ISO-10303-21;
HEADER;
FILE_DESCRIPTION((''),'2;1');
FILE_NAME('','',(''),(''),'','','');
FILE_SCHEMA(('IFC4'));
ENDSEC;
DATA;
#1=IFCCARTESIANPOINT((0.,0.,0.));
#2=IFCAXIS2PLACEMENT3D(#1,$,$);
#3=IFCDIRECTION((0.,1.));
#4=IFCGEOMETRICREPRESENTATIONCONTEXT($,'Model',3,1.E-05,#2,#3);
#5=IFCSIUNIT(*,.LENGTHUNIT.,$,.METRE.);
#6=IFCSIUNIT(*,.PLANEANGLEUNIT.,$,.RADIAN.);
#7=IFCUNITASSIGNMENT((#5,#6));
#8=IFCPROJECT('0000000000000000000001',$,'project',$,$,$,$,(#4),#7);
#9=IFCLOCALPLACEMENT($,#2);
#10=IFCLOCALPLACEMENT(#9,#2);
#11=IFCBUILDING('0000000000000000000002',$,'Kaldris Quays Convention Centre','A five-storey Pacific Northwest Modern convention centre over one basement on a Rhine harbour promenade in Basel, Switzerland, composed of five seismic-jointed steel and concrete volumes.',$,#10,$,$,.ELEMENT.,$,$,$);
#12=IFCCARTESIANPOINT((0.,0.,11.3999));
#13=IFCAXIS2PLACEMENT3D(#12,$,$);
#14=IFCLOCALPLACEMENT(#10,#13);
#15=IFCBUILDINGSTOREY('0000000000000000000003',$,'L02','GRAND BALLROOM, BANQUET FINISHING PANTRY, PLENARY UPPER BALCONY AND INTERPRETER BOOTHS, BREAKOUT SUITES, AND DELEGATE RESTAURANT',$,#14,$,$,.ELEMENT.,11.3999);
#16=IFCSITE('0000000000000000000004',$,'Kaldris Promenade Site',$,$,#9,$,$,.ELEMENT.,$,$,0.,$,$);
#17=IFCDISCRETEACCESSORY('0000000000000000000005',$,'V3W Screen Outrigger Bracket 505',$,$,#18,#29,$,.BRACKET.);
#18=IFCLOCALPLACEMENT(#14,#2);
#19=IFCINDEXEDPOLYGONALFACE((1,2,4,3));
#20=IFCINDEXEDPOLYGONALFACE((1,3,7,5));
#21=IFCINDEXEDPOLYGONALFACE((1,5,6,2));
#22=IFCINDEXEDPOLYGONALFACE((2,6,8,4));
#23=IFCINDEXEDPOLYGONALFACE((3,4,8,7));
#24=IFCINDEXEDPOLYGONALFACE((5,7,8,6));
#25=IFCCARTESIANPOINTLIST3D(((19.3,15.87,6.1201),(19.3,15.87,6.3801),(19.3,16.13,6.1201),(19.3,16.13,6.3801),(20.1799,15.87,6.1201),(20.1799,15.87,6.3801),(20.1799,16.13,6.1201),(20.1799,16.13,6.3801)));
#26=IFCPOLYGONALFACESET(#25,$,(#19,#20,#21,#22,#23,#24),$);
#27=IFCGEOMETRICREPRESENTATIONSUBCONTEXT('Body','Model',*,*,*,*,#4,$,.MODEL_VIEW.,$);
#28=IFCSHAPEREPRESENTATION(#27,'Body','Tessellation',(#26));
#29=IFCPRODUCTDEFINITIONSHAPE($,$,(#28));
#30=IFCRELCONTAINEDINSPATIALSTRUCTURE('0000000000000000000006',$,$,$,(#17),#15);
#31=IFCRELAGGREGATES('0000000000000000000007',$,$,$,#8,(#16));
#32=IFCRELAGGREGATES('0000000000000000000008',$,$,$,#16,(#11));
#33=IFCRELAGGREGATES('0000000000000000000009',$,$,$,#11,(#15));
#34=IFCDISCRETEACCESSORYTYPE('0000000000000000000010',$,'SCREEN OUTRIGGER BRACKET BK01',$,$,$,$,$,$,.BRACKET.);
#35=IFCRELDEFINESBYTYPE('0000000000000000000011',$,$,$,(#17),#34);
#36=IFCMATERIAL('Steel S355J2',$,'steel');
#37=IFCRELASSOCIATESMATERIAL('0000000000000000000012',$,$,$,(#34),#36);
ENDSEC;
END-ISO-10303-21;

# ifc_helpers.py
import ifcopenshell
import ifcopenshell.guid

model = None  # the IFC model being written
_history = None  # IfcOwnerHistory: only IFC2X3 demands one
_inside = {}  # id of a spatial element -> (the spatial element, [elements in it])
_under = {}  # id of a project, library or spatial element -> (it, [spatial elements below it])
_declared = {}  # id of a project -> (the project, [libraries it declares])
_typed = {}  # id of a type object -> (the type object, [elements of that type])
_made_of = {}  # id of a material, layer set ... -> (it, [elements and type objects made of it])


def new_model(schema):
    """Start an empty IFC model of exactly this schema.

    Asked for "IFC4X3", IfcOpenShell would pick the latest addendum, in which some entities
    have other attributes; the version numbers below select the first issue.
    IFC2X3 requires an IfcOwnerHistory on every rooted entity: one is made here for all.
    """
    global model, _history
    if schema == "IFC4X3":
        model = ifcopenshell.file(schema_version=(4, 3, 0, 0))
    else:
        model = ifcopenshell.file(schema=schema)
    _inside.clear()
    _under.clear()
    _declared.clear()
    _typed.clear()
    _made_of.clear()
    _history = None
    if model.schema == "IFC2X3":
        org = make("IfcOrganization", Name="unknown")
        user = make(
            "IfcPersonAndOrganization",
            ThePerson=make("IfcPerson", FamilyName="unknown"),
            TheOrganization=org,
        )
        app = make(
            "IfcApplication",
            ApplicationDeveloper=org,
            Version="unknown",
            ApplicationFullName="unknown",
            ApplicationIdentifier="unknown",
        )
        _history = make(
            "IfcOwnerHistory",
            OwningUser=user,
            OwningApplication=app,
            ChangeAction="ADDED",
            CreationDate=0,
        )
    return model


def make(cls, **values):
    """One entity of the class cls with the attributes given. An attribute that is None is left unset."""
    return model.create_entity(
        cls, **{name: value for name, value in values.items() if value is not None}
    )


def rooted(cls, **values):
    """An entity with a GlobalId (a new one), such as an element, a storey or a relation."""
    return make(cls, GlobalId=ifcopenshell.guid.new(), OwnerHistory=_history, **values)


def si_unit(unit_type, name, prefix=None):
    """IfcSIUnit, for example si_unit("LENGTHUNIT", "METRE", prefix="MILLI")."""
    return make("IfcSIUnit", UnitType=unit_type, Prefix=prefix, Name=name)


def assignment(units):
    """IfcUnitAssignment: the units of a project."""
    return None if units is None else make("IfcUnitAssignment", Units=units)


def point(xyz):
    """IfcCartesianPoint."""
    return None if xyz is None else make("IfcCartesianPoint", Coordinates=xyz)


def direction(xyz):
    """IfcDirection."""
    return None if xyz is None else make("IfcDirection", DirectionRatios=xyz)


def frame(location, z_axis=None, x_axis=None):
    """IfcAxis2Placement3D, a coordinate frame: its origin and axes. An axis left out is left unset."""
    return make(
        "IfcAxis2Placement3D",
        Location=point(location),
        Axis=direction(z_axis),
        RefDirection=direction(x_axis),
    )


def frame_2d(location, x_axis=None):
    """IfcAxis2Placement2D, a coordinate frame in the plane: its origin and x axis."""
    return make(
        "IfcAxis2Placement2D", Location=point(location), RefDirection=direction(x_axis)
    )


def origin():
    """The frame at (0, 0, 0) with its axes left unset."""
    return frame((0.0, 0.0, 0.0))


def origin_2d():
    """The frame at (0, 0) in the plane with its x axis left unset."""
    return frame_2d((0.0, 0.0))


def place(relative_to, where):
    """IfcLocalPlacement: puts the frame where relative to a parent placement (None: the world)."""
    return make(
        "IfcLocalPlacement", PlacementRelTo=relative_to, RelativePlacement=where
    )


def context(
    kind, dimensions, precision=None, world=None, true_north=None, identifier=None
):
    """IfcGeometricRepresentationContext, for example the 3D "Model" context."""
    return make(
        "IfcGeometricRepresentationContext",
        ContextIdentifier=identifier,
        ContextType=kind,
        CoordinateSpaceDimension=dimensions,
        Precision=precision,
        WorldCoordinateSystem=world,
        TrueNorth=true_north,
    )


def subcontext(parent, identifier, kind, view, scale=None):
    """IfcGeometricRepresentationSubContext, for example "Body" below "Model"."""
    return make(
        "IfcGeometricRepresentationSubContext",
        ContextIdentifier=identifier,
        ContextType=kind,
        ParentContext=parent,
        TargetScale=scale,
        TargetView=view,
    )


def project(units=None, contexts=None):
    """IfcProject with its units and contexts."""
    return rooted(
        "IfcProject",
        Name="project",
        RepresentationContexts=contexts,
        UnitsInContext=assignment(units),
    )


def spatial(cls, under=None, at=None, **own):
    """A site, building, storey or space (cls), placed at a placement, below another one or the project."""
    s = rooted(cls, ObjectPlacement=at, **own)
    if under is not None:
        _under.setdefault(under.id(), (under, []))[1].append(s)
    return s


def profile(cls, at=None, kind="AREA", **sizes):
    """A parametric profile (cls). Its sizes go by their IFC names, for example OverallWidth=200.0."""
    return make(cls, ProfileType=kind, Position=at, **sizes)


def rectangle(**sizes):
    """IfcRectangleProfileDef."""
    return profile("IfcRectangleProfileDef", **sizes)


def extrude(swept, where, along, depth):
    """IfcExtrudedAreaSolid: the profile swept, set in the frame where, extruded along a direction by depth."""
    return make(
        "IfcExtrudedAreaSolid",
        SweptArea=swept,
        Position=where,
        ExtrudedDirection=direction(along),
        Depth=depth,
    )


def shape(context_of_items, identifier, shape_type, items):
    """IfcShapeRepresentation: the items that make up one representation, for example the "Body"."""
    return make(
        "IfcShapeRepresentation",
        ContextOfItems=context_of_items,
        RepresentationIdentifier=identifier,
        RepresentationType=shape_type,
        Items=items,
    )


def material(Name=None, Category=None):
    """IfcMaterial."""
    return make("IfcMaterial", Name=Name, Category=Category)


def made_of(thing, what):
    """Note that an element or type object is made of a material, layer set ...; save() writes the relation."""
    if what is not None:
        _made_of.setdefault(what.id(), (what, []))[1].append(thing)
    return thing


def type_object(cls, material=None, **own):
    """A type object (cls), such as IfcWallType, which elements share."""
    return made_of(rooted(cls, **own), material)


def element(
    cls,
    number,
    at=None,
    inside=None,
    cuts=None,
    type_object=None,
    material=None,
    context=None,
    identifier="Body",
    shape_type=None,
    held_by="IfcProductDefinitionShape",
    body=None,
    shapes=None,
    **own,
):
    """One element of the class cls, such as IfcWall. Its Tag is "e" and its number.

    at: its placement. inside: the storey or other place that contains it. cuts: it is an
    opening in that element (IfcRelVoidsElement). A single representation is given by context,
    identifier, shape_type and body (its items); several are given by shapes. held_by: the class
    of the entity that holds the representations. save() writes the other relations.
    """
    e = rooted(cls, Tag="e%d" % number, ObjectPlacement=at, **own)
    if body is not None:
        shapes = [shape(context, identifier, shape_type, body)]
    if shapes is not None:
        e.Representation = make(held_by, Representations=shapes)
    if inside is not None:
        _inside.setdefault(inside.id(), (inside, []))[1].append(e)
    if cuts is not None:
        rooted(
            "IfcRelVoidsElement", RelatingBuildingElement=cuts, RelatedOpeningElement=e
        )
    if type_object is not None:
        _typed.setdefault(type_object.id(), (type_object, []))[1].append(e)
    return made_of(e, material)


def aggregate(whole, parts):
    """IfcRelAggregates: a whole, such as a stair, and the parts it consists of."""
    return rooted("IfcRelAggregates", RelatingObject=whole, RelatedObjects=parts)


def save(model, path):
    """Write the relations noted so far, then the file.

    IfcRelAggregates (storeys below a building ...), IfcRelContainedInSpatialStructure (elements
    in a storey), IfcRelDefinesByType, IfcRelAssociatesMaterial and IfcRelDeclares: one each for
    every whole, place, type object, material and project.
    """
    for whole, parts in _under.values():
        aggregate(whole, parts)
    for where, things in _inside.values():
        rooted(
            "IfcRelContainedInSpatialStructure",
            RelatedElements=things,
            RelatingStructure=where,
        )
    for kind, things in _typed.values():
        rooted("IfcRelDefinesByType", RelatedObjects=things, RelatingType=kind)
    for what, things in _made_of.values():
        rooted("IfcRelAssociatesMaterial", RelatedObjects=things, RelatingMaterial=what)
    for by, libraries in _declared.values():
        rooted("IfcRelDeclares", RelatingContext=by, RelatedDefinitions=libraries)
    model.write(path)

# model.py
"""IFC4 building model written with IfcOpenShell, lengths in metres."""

from ifc_helpers import new_model, si_unit, direction, frame, origin, origin_2d, place, context, subcontext, project, spatial, rectangle, extrude, material, type_object, element, save


model = new_model("IFC4")

# Units and contexts
model_context = context("Model", 3, precision=1e-05, world=origin(), true_north=direction((0.0, 1.0)))
body_context = subcontext(model_context, "Body", "Model", "MODEL_VIEW")
ifc_project = project(units=[si_unit("LENGTHUNIT", "METRE"), si_unit("PLANEANGLEUNIT", "RADIAN")], contexts=[model_context])

# Site, building, storey
site_placement = place(None, origin())
site = spatial("IfcSite", under=ifc_project, at=site_placement, Name="Kaldris Promenade Site", CompositionType="ELEMENT", RefElevation=0.0)
building_placement = place(site_placement, origin())
building = spatial("IfcBuilding", under=site, at=building_placement, Name="Kaldris Quays Convention Centre", Description="A five-storey Pacific Northwest Modern convention centre over one basement on a Rhine harbour promenade in Basel, Switzerland, composed of five seismic-jointed steel and concrete volumes.", CompositionType="ELEMENT")
storey_placement = place(building_placement, frame((0.0, 0.0, 11.3999)))
storey = spatial("IfcBuildingStorey", under=building, at=storey_placement, Name="L02", Description="GRAND BALLROOM, BANQUET FINISHING PANTRY, PLENARY UPPER BALCONY AND INTERPRETER BOOTHS, BREAKOUT SUITES, AND DELEGATE RESTAURANT", CompositionType="ELEMENT", Elevation=11.3999)

# Discrete accessory
ifc_material_1 = material(Name="Steel S355J2", Category="steel")
discrete_accessory_type = type_object("IfcDiscreteAccessoryType", Name="SCREEN OUTRIGGER BRACKET BK01", PredefinedType="BRACKET", material=ifc_material_1)
for number, where, z_axis, x_axis, name in (
    (1, (19.74, 16.0, 6.1201), (0.0, 0.0, 1.0), (0.0, 1.0, 0.0), "V3W Screen Outrigger Bracket 505"),
):
    element("IfcDiscreteAccessory", number, at=place(storey_placement, frame(where, z_axis=z_axis, x_axis=x_axis)), inside=storey, type_object=discrete_accessory_type, Name=name, PredefinedType="BRACKET", context=body_context, shape_type="SweptSolid", body=[
        extrude(rectangle(XDim=0.26, YDim=0.8799, at=origin_2d()), origin(), (0.0, 0.0, 1.0), 0.26),
    ])

save(model, "model.ifc")
